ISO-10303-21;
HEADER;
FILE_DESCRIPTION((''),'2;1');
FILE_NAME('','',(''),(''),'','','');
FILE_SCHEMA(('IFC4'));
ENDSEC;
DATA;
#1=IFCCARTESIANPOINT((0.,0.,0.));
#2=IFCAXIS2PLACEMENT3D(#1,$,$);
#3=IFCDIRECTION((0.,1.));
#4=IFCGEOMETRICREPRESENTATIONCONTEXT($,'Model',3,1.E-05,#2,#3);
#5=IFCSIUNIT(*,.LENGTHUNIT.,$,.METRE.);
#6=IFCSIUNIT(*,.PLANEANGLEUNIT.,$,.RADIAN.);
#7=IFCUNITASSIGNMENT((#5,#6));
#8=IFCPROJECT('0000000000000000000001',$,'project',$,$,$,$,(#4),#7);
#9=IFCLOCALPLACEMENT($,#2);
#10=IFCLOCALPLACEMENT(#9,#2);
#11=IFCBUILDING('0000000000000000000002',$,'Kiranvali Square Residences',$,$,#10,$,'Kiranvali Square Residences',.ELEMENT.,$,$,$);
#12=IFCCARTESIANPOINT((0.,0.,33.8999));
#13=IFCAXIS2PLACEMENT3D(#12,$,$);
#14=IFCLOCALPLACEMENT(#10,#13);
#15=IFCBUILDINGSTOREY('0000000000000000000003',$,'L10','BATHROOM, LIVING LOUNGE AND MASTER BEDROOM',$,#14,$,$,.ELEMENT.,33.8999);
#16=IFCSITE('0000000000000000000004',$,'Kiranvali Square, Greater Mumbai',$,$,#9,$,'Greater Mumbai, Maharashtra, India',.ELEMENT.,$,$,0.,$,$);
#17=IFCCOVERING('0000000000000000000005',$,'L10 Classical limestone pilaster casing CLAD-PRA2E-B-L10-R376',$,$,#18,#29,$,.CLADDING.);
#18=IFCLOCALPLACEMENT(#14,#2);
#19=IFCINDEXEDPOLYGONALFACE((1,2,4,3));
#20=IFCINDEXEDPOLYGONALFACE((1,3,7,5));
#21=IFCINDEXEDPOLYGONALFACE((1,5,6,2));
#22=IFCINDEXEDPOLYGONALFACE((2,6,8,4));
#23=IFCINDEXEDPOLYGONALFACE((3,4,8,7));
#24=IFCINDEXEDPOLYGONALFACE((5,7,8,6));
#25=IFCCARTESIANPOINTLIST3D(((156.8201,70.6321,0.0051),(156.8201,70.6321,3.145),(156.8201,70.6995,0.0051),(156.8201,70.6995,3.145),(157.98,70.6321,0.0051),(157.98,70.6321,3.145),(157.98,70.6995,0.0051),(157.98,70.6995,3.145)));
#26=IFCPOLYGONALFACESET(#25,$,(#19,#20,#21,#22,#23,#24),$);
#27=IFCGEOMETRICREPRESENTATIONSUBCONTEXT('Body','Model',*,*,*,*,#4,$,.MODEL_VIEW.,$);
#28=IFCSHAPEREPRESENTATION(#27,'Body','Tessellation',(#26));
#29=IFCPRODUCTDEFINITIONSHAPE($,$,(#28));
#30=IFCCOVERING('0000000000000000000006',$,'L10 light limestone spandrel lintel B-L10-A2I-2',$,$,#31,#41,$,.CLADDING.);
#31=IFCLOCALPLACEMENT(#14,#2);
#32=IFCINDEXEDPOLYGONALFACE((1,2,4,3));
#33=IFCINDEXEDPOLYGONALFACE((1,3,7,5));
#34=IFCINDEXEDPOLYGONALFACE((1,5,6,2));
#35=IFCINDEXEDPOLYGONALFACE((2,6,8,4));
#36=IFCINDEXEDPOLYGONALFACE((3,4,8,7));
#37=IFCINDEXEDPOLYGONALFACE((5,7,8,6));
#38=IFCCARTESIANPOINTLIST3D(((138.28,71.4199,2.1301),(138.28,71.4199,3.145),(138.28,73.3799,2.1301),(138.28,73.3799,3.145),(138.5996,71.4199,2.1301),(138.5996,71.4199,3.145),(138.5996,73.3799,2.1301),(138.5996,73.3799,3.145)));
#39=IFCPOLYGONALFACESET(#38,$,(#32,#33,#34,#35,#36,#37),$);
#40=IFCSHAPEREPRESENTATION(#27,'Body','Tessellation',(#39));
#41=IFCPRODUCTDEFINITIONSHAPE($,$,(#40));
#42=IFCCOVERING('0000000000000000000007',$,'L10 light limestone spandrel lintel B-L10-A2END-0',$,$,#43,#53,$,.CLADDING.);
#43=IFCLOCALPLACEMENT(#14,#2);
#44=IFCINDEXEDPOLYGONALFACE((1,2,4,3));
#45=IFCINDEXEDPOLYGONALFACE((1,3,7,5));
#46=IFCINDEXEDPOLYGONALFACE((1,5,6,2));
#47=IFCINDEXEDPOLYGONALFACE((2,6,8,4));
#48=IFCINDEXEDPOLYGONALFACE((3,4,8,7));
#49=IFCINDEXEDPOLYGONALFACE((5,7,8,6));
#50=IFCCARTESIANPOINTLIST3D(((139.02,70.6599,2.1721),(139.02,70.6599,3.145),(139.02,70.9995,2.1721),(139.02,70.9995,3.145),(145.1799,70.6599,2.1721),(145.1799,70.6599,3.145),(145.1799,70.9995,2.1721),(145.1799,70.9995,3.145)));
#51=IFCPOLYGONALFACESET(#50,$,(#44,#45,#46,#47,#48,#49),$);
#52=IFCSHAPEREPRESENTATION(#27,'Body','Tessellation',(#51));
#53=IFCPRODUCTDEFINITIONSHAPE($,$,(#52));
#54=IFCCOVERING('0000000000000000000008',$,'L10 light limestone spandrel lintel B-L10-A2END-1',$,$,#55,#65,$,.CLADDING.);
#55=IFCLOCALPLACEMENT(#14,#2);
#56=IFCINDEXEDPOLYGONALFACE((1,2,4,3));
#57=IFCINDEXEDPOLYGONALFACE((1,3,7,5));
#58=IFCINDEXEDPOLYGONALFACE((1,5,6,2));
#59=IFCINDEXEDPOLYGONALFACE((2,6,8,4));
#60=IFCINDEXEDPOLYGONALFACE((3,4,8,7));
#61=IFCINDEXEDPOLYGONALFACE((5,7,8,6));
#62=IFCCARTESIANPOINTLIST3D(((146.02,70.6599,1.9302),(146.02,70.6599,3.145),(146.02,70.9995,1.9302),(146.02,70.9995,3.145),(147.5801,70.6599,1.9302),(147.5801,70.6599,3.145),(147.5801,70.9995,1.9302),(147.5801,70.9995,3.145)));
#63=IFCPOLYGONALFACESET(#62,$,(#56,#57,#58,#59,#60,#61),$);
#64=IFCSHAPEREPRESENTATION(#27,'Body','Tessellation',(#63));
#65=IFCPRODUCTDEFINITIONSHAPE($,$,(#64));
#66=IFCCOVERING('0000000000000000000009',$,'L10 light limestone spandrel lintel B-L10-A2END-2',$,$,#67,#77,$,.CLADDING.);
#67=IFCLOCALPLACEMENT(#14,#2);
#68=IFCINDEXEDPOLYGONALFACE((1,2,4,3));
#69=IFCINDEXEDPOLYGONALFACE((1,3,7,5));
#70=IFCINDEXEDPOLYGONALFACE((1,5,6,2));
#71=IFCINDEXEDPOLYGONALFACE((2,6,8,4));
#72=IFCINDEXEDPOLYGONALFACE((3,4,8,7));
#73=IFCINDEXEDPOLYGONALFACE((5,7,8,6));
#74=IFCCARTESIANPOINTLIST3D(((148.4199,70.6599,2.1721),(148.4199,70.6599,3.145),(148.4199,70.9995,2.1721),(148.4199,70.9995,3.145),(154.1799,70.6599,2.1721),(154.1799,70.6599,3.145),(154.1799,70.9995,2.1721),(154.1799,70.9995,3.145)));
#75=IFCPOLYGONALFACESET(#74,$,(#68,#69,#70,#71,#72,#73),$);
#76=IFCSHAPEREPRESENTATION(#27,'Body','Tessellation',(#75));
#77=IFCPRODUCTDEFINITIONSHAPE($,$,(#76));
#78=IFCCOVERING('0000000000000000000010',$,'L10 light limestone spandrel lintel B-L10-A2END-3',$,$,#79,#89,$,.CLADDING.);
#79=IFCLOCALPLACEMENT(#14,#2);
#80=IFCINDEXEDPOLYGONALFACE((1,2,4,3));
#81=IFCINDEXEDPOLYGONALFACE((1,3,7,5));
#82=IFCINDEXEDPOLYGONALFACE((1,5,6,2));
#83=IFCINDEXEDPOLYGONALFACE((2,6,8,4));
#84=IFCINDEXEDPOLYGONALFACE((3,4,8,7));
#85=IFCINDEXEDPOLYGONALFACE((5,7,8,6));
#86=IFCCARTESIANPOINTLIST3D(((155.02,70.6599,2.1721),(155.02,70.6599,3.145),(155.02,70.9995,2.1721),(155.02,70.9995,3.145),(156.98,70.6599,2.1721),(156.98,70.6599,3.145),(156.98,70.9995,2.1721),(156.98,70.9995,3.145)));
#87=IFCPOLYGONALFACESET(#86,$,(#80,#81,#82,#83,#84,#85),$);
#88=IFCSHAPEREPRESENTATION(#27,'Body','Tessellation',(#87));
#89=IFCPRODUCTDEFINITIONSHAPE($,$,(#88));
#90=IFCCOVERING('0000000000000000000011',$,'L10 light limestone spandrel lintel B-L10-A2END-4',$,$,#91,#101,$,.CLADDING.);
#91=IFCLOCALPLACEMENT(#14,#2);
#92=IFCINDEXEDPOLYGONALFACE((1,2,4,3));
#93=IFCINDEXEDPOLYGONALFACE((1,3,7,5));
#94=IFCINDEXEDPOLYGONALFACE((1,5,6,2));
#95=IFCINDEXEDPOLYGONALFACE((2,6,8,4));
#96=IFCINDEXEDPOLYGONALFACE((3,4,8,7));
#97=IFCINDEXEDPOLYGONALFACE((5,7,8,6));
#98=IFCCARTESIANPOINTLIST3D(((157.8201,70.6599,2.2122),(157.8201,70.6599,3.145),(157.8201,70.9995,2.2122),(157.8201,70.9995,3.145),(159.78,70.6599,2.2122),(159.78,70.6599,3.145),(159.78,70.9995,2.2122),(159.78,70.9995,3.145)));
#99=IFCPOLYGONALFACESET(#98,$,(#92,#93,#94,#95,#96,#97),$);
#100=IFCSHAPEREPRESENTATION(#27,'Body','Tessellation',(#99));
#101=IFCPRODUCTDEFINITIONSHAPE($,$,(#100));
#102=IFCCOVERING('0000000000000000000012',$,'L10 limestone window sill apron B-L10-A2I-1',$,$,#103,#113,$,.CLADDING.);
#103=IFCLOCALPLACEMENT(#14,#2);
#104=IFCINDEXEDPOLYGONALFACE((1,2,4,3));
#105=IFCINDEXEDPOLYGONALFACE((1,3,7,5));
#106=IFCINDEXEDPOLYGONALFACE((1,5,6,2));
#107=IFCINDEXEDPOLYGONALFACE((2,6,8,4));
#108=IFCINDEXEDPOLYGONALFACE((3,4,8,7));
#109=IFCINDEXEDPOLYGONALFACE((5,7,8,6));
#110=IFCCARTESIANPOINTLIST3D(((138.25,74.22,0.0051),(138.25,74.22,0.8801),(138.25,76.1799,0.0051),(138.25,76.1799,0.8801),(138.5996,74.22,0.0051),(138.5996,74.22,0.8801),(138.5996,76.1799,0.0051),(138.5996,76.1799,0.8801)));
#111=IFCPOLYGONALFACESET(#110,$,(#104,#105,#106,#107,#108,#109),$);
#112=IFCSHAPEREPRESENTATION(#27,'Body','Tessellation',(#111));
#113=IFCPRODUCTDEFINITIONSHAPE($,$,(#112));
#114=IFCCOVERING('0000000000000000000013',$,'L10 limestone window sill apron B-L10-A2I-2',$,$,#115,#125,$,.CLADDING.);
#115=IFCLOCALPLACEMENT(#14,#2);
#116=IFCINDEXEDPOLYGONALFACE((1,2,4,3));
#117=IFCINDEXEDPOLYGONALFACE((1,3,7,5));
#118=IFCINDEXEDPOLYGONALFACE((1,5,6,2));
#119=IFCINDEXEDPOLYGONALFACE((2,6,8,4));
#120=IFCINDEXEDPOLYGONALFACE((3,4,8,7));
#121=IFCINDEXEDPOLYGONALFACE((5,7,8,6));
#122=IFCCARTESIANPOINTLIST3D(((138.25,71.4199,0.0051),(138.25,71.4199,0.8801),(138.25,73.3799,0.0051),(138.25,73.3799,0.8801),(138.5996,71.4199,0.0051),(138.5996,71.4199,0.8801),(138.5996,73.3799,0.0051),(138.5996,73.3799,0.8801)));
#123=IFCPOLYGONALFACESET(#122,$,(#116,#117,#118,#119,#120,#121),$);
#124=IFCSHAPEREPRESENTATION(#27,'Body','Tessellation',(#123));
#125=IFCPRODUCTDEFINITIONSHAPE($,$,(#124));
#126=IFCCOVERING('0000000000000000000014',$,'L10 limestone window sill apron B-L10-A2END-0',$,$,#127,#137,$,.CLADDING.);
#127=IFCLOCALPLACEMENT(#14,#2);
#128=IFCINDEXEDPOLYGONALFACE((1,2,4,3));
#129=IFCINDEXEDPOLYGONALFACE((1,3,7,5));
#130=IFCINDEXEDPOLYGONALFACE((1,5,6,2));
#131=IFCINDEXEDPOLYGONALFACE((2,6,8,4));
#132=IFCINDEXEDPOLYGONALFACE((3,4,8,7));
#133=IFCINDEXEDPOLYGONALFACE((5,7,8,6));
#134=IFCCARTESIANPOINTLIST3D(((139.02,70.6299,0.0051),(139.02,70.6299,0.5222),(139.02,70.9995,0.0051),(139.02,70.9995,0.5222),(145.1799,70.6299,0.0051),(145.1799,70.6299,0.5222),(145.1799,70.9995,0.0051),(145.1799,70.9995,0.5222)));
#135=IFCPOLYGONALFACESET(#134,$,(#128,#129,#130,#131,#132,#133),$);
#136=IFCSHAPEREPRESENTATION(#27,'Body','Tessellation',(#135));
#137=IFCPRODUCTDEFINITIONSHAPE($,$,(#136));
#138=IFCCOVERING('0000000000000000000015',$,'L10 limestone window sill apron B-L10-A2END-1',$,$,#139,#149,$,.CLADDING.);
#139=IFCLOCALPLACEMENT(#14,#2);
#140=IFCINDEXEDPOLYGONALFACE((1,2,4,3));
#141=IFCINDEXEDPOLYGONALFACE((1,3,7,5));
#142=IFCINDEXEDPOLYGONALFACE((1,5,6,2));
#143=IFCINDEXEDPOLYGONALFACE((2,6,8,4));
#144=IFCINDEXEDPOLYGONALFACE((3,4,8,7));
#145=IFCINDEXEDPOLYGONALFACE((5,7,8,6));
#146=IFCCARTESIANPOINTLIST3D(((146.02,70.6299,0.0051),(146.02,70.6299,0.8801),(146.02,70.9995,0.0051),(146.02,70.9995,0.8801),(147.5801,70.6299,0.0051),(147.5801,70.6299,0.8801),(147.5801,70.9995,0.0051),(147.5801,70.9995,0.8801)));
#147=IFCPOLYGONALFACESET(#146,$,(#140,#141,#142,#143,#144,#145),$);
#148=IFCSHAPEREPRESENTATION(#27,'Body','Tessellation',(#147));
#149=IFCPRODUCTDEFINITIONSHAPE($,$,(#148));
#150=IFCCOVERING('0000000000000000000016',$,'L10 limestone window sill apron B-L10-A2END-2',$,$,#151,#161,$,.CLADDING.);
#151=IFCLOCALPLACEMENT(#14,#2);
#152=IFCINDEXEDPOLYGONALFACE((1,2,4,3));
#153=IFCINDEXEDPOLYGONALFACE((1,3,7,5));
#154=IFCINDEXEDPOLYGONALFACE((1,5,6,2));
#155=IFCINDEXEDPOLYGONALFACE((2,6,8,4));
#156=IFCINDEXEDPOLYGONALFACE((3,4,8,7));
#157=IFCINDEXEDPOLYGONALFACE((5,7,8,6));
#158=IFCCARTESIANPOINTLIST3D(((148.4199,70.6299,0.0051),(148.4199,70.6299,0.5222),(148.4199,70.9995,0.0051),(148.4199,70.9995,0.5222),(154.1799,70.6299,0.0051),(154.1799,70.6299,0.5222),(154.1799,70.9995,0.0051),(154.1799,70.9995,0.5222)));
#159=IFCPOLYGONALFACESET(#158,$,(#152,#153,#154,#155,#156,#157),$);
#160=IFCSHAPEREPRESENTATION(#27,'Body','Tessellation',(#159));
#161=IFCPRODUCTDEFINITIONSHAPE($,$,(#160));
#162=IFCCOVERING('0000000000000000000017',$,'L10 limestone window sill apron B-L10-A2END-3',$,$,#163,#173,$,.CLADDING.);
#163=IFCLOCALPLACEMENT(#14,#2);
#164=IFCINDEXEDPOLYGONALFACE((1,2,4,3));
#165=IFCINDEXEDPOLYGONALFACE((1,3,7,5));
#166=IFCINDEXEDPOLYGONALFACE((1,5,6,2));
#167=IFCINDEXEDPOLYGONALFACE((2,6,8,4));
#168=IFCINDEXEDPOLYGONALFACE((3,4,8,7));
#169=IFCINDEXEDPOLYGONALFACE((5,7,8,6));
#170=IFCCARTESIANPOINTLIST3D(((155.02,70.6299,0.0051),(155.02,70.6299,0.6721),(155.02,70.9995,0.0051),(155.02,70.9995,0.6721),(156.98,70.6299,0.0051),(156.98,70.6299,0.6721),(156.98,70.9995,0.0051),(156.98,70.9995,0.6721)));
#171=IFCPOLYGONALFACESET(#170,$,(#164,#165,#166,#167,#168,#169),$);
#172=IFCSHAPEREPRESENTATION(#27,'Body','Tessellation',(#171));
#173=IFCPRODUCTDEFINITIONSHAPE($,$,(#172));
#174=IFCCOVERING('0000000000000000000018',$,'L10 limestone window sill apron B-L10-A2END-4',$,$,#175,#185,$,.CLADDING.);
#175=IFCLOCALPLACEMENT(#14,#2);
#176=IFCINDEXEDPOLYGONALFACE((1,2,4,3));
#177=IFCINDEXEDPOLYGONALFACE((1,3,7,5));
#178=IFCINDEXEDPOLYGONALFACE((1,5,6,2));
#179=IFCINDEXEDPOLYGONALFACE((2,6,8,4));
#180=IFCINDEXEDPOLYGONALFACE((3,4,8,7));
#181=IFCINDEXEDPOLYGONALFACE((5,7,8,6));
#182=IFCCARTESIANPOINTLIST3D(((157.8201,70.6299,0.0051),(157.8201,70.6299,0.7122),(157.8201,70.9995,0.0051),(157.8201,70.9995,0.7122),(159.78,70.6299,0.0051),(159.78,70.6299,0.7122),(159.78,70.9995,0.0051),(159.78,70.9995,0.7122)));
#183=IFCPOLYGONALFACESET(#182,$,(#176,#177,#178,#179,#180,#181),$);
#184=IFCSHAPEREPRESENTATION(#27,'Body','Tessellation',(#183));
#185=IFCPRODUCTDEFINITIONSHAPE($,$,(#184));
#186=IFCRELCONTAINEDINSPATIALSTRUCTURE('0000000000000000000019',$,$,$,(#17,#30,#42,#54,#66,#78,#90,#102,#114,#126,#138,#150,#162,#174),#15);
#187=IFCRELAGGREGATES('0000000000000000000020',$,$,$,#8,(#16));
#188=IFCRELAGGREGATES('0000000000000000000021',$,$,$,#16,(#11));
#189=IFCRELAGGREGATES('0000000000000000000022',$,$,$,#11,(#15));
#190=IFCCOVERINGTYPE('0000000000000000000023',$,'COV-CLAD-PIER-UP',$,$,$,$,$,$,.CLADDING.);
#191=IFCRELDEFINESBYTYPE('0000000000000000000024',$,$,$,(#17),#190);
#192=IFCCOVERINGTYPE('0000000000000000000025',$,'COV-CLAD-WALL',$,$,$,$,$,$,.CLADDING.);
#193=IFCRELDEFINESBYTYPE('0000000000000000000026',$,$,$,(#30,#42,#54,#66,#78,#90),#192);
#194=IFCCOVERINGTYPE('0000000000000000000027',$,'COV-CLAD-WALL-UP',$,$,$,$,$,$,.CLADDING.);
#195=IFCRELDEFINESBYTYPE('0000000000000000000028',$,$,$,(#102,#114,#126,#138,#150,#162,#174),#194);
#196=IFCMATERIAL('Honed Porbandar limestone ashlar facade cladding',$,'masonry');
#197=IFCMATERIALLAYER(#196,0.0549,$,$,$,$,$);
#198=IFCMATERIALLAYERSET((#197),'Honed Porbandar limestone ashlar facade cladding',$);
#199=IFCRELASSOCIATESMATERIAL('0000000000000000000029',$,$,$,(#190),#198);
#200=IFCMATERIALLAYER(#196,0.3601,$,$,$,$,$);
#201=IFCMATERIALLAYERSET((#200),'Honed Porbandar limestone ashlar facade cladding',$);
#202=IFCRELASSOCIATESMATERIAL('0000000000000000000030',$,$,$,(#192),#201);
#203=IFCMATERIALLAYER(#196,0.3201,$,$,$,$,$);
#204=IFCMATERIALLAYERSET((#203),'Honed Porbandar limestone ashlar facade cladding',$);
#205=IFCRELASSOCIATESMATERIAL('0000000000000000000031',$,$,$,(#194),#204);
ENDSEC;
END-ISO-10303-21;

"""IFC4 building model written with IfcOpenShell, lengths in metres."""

from ifc_helpers import new_model, si_unit, direction, frame, origin, place, context, subcontext, project, spatial, polyline, outline, extrude, material, layer, layer_set, type_object, element, save


model = new_model("IFC4")

# Units and contexts
model_context = context("Model", 3, precision=1e-05, world=origin(), true_north=direction((0.0, 1.0)))
body_context = subcontext(model_context, "Body", "Model", "MODEL_VIEW")
ifc_project = project(units=[si_unit("LENGTHUNIT", "METRE"), si_unit("PLANEANGLEUNIT", "RADIAN")], contexts=[model_context])

# Site, building, storey
site_placement = place(None, origin())
site = spatial("IfcSite", under=ifc_project, at=site_placement, Name="Kiranvali Square, Greater Mumbai", LongName="Greater Mumbai, Maharashtra, India", CompositionType="ELEMENT", RefElevation=0.0)
building_placement = place(site_placement, origin())
building = spatial("IfcBuilding", under=site, at=building_placement, Name="Kiranvali Square Residences", LongName="Kiranvali Square Residences", CompositionType="ELEMENT")
storey_placement = place(building_placement, frame((0.0, 0.0, 33.8999)))
storey = spatial("IfcBuildingStorey", under=building, at=storey_placement, Name="L10", Description="BATHROOM, LIVING LOUNGE AND MASTER BEDROOM", CompositionType="ELEMENT", Elevation=33.8999)

# Coverings
ifc_material_1 = material(Name="Honed Porbandar limestone ashlar facade cladding", Category="masonry")
ifc_layer_1 = layer(ifc_material_1, 0.0549)
ifc_layer_set_1 = layer_set([ifc_layer_1], Name="Honed Porbandar limestone ashlar facade cladding")
covering_type_1 = type_object("IfcCoveringType", Name="COV-CLAD-PIER-UP", PredefinedType="CLADDING", material=ifc_layer_set_1)
covering_1_placement = place(storey_placement, frame((0.0, 0.0, 0.0051)))
element("IfcCovering", 1, at=covering_1_placement, inside=storey, type_object=covering_type_1, Name="L10 Classical limestone pilaster casing CLAD-PRA2E-B-L10-R376", PredefinedType="CLADDING", context=body_context, shape_type="SweptSolid", body=[
    extrude(outline(polyline([(156.8201, 70.6321), (157.98, 70.6321), (157.98, 70.6995), (156.8201, 70.6995), (156.8201, 70.6321)])), origin(), (0.0, 0.0, 1.0), 3.1399),
])
ifc_layer_2 = layer(ifc_material_1, 0.3601)
ifc_layer_set_2 = layer_set([ifc_layer_2], Name="Honed Porbandar limestone ashlar facade cladding")
covering_type_2 = type_object("IfcCoveringType", Name="COV-CLAD-WALL", PredefinedType="CLADDING", material=ifc_layer_set_2)
covering_2_placement = place(storey_placement, frame((0.0, 0.0, 2.1301)))
element("IfcCovering", 2, at=covering_2_placement, inside=storey, type_object=covering_type_2, Name="L10 light limestone spandrel lintel B-L10-A2I-2", PredefinedType="CLADDING", context=body_context, shape_type="SweptSolid", body=[
    extrude(outline(polyline([(138.28, 73.3799), (138.28, 71.4199), (138.5996, 71.4199), (138.5996, 73.3799), (138.28, 73.3799)])), origin(), (0.0, 0.0, 1.0), 1.0149),
])
covering_3_placement = place(storey_placement, frame((0.0, 0.0, 2.1721)))
element("IfcCovering", 3, at=covering_3_placement, inside=storey, type_object=covering_type_2, Name="L10 light limestone spandrel lintel B-L10-A2END-0", PredefinedType="CLADDING", context=body_context, shape_type="SweptSolid", body=[
    extrude(outline(polyline([(139.02, 70.6599), (145.1799, 70.6599), (145.1799, 70.9995), (139.02, 70.9995), (139.02, 70.6599)])), origin(), (0.0, 0.0, 1.0), 0.9729),
])
covering_4_placement = place(storey_placement, frame((0.0, 0.0, 1.9302)))
element("IfcCovering", 4, at=covering_4_placement, inside=storey, type_object=covering_type_2, Name="L10 light limestone spandrel lintel B-L10-A2END-1", PredefinedType="CLADDING", context=body_context, shape_type="SweptSolid", body=[
    extrude(outline(polyline([(146.02, 70.6599), (147.5801, 70.6599), (147.5801, 70.9995), (146.02, 70.9995), (146.02, 70.6599)])), origin(), (0.0, 0.0, 1.0), 1.2148),
])
covering_5_placement = place(storey_placement, frame((0.0, 0.0, 2.1721)))
element("IfcCovering", 5, at=covering_5_placement, inside=storey, type_object=covering_type_2, Name="L10 light limestone spandrel lintel B-L10-A2END-2", PredefinedType="CLADDING", context=body_context, shape_type="SweptSolid", body=[
    extrude(outline(polyline([(148.4199, 70.6599), (154.1799, 70.6599), (154.1799, 70.9995), (148.4199, 70.9995), (148.4199, 70.6599)])), origin(), (0.0, 0.0, 1.0), 0.9729),
])
covering_6_placement = place(storey_placement, frame((0.0, 0.0, 2.1721)))
element("IfcCovering", 6, at=covering_6_placement, inside=storey, type_object=covering_type_2, Name="L10 light limestone spandrel lintel B-L10-A2END-3", PredefinedType="CLADDING", context=body_context, shape_type="SweptSolid", body=[
    extrude(outline(polyline([(155.02, 70.6599), (156.98, 70.6599), (156.98, 70.9995), (155.02, 70.9995), (155.02, 70.6599)])), origin(), (0.0, 0.0, 1.0), 0.9729),
])
covering_7_placement = place(storey_placement, frame((0.0, 0.0, 2.2122)))
element("IfcCovering", 7, at=covering_7_placement, inside=storey, type_object=covering_type_2, Name="L10 light limestone spandrel lintel B-L10-A2END-4", PredefinedType="CLADDING", context=body_context, shape_type="SweptSolid", body=[
    extrude(outline(polyline([(157.8201, 70.6599), (159.78, 70.6599), (159.78, 70.9995), (157.8201, 70.9995), (157.8201, 70.6599)])), origin(), (0.0, 0.0, 1.0), 0.9329),
])
ifc_layer_3 = layer(ifc_material_1, 0.3201)
ifc_layer_set_3 = layer_set([ifc_layer_3], Name="Honed Porbandar limestone ashlar facade cladding")
covering_type_3 = type_object("IfcCoveringType", Name="COV-CLAD-WALL-UP", PredefinedType="CLADDING", material=ifc_layer_set_3)
covering_8_placement = place(storey_placement, frame((0.0, 0.0, 0.0051)))
element("IfcCovering", 8, at=covering_8_placement, inside=storey, type_object=covering_type_3, Name="L10 limestone window sill apron B-L10-A2I-1", PredefinedType="CLADDING", context=body_context, shape_type="SweptSolid", body=[
    extrude(outline(polyline([(138.25, 76.1799), (138.25, 74.22), (138.5996, 74.22), (138.5996, 76.1799), (138.25, 76.1799)])), origin(), (0.0, 0.0, 1.0), 0.875),
])
covering_9_placement = place(storey_placement, frame((0.0, 0.0, 0.0051)))
element("IfcCovering", 9, at=covering_9_placement, inside=storey, type_object=covering_type_3, Name="L10 limestone window sill apron B-L10-A2I-2", PredefinedType="CLADDING", context=body_context, shape_type="SweptSolid", body=[
    extrude(outline(polyline([(138.25, 73.3799), (138.25, 71.4199), (138.5996, 71.4199), (138.5996, 73.3799), (138.25, 73.3799)])), origin(), (0.0, 0.0, 1.0), 0.875),
])
covering_10_placement = place(storey_placement, frame((0.0, 0.0, 0.0051)))
element("IfcCovering", 10, at=covering_10_placement, inside=storey, type_object=covering_type_3, Name="L10 limestone window sill apron B-L10-A2END-0", PredefinedType="CLADDING", context=body_context, shape_type="SweptSolid", body=[
    extrude(outline(polyline([(139.02, 70.6299), (145.1799, 70.6299), (145.1799, 70.9995), (139.02, 70.9995), (139.02, 70.6299)])), origin(), (0.0, 0.0, 1.0), 0.5171),
])
covering_11_placement = place(storey_placement, frame((0.0, 0.0, 0.0051)))
element("IfcCovering", 11, at=covering_11_placement, inside=storey, type_object=covering_type_3, Name="L10 limestone window sill apron B-L10-A2END-1", PredefinedType="CLADDING", context=body_context, shape_type="SweptSolid", body=[
    extrude(outline(polyline([(146.02, 70.6299), (147.5801, 70.6299), (147.5801, 70.9995), (146.02, 70.9995), (146.02, 70.6299)])), origin(), (0.0, 0.0, 1.0), 0.875),
])
covering_12_placement = place(storey_placement, frame((0.0, 0.0, 0.0051)))
element("IfcCovering", 12, at=covering_12_placement, inside=storey, type_object=covering_type_3, Name="L10 limestone window sill apron B-L10-A2END-2", PredefinedType="CLADDING", context=body_context, shape_type="SweptSolid", body=[
    extrude(outline(polyline([(148.4199, 70.6299), (154.1799, 70.6299), (154.1799, 70.9995), (148.4199, 70.9995), (148.4199, 70.6299)])), origin(), (0.0, 0.0, 1.0), 0.5171),
])
covering_13_placement = place(storey_placement, frame((0.0, 0.0, 0.0051)))
element("IfcCovering", 13, at=covering_13_placement, inside=storey, type_object=covering_type_3, Name="L10 limestone window sill apron B-L10-A2END-3", PredefinedType="CLADDING", context=body_context, shape_type="SweptSolid", body=[
    extrude(outline(polyline([(155.02, 70.6299), (156.98, 70.6299), (156.98, 70.9995), (155.02, 70.9995), (155.02, 70.6299)])), origin(), (0.0, 0.0, 1.0), 0.667),
])
covering_14_placement = place(storey_placement, frame((0.0, 0.0, 0.0051)))
element("IfcCovering", 14, at=covering_14_placement, inside=storey, type_object=covering_type_3, Name="L10 limestone window sill apron B-L10-A2END-4", PredefinedType="CLADDING", context=body_context, shape_type="SweptSolid", body=[
    extrude(outline(polyline([(157.8201, 70.6299), (159.78, 70.6299), (159.78, 70.9995), (157.8201, 70.9995), (157.8201, 70.6299)])), origin(), (0.0, 0.0, 1.0), 0.707),
])

save(model, "model.ifc")
